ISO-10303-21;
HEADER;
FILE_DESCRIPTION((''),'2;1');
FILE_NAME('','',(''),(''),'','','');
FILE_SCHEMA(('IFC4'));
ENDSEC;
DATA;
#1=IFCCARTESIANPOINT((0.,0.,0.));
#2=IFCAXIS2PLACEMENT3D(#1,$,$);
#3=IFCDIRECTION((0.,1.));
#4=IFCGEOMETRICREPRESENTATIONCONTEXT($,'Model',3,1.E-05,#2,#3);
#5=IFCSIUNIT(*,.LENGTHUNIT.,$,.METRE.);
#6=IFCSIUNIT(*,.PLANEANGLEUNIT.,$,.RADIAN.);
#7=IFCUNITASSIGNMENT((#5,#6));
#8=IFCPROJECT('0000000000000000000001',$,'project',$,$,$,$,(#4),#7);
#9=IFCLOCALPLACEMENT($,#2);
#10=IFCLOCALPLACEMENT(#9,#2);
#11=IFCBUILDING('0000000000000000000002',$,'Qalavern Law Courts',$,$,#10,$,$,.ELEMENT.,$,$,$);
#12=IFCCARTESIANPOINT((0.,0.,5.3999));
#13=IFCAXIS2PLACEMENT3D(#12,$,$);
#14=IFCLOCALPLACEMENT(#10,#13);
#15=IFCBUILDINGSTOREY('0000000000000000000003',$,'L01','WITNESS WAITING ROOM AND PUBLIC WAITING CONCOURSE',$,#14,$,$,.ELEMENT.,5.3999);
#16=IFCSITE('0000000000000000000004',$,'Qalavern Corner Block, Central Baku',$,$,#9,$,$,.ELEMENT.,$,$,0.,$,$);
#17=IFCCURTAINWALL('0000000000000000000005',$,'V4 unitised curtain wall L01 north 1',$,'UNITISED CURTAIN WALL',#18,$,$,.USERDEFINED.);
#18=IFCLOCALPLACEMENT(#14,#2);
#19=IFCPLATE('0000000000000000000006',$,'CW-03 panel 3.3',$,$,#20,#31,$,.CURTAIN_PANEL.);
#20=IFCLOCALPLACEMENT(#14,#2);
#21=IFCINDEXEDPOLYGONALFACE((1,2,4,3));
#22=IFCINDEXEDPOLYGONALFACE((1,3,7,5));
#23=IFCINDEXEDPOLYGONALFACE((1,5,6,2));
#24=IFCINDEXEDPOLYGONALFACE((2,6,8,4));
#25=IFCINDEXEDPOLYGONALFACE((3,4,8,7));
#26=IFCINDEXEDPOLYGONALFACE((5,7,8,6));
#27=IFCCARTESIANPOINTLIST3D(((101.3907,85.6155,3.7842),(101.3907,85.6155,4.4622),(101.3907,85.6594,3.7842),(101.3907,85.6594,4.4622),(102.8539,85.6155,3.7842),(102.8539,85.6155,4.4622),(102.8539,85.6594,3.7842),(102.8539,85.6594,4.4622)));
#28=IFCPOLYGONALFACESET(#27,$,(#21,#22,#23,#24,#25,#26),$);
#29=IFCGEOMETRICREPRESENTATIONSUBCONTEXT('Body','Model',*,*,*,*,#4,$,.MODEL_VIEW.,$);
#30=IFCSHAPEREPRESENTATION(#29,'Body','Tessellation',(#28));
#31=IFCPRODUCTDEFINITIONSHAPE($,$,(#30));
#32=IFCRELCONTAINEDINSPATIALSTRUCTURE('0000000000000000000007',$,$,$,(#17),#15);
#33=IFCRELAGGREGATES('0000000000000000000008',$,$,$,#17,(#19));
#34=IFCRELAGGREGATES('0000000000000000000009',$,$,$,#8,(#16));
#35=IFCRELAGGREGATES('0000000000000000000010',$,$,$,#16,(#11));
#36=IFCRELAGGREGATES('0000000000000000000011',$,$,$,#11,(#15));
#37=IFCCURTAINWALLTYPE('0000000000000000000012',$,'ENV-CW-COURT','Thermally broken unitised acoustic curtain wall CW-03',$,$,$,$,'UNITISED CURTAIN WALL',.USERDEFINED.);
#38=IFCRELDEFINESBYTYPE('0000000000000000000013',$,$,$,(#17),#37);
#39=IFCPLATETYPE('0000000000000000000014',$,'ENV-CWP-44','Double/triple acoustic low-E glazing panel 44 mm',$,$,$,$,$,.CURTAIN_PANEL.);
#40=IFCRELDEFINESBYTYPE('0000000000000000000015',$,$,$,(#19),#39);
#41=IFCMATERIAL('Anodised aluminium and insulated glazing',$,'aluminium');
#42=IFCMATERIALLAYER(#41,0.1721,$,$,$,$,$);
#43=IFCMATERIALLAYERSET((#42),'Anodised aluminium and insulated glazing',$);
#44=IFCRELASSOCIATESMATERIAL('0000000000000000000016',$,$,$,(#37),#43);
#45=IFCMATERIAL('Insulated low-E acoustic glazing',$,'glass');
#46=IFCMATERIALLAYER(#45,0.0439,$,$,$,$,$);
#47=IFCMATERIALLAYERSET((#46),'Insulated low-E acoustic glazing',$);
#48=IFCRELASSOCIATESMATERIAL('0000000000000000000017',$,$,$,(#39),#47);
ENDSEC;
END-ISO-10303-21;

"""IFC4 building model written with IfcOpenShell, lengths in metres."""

from ifc_helpers import new_model, si_unit, direction, frame, origin, origin_2d, place, context, subcontext, project, spatial, rectangle, extrude, material, layer, layer_set, type_object, element, aggregate, save


model = new_model("IFC4")

# Units and contexts
model_context = context("Model", 3, precision=1e-05, world=origin(), true_north=direction((0.0, 1.0)))
body_context = subcontext(model_context, "Body", "Model", "MODEL_VIEW")
ifc_project = project(units=[si_unit("LENGTHUNIT", "METRE"), si_unit("PLANEANGLEUNIT", "RADIAN")], contexts=[model_context])

# Site, building, storey
site_placement = place(None, origin())
site = spatial("IfcSite", under=ifc_project, at=site_placement, Name="Qalavern Corner Block, Central Baku", CompositionType="ELEMENT", RefElevation=0.0)
building_placement = place(site_placement, origin())
building = spatial("IfcBuilding", under=site, at=building_placement, Name="Qalavern Law Courts", CompositionType="ELEMENT")
storey_placement = place(building_placement, frame((0.0, 0.0, 5.3999)))
storey = spatial("IfcBuildingStorey", under=building, at=storey_placement, Name="L01", Description="WITNESS WAITING ROOM AND PUBLIC WAITING CONCOURSE", CompositionType="ELEMENT", Elevation=5.3999)

# Curtain wall
ifc_material_1 = material(Name="Anodised aluminium and insulated glazing", Category="aluminium")
ifc_layer_1 = layer(ifc_material_1, 0.1721)
ifc_layer_set_1 = layer_set([ifc_layer_1], Name="Anodised aluminium and insulated glazing")
curtain_wall_type = type_object("IfcCurtainWallType", Name="ENV-CW-COURT", Description="Thermally broken unitised acoustic curtain wall CW-03", ElementType="UNITISED CURTAIN WALL", PredefinedType="USERDEFINED", material=ifc_layer_set_1)
curtain_wall_placement = place(storey_placement, origin())
curtain_wall = element("IfcCurtainWall", 1, at=curtain_wall_placement, inside=storey, type_object=curtain_wall_type, Name="V4 unitised curtain wall L01 north 1", ObjectType="UNITISED CURTAIN WALL", PredefinedType="USERDEFINED")

# Plate
ifc_material_2 = material(Name="Insulated low-E acoustic glazing", Category="glass")
ifc_layer_2 = layer(ifc_material_2, 0.0439)
ifc_layer_set_2 = layer_set([ifc_layer_2], Name="Insulated low-E acoustic glazing")
plate_type = type_object("IfcPlateType", Name="ENV-CWP-44", Description="Double/triple acoustic low-E glazing panel 44 mm", PredefinedType="CURTAIN_PANEL", material=ifc_layer_set_2)
plate_1_placement = place(storey_placement, frame((102.1223, 85.6375, 3.7842), z_axis=(0.0, 0.0, 1.0), x_axis=(-1.0, 0.0, 0.0)))
plate_1 = element("IfcPlate", 2, at=plate_1_placement, type_object=plate_type, Name="CW-03 panel 3.3", PredefinedType="CURTAIN_PANEL", context=body_context, shape_type="SweptSolid", body=[
    extrude(rectangle(XDim=1.4631, YDim=0.0439, at=origin_2d()), origin(), (0.0, 0.0, 1.0), 0.678),
])
aggregate(curtain_wall, [plate_1])

save(model, "model.ifc")
